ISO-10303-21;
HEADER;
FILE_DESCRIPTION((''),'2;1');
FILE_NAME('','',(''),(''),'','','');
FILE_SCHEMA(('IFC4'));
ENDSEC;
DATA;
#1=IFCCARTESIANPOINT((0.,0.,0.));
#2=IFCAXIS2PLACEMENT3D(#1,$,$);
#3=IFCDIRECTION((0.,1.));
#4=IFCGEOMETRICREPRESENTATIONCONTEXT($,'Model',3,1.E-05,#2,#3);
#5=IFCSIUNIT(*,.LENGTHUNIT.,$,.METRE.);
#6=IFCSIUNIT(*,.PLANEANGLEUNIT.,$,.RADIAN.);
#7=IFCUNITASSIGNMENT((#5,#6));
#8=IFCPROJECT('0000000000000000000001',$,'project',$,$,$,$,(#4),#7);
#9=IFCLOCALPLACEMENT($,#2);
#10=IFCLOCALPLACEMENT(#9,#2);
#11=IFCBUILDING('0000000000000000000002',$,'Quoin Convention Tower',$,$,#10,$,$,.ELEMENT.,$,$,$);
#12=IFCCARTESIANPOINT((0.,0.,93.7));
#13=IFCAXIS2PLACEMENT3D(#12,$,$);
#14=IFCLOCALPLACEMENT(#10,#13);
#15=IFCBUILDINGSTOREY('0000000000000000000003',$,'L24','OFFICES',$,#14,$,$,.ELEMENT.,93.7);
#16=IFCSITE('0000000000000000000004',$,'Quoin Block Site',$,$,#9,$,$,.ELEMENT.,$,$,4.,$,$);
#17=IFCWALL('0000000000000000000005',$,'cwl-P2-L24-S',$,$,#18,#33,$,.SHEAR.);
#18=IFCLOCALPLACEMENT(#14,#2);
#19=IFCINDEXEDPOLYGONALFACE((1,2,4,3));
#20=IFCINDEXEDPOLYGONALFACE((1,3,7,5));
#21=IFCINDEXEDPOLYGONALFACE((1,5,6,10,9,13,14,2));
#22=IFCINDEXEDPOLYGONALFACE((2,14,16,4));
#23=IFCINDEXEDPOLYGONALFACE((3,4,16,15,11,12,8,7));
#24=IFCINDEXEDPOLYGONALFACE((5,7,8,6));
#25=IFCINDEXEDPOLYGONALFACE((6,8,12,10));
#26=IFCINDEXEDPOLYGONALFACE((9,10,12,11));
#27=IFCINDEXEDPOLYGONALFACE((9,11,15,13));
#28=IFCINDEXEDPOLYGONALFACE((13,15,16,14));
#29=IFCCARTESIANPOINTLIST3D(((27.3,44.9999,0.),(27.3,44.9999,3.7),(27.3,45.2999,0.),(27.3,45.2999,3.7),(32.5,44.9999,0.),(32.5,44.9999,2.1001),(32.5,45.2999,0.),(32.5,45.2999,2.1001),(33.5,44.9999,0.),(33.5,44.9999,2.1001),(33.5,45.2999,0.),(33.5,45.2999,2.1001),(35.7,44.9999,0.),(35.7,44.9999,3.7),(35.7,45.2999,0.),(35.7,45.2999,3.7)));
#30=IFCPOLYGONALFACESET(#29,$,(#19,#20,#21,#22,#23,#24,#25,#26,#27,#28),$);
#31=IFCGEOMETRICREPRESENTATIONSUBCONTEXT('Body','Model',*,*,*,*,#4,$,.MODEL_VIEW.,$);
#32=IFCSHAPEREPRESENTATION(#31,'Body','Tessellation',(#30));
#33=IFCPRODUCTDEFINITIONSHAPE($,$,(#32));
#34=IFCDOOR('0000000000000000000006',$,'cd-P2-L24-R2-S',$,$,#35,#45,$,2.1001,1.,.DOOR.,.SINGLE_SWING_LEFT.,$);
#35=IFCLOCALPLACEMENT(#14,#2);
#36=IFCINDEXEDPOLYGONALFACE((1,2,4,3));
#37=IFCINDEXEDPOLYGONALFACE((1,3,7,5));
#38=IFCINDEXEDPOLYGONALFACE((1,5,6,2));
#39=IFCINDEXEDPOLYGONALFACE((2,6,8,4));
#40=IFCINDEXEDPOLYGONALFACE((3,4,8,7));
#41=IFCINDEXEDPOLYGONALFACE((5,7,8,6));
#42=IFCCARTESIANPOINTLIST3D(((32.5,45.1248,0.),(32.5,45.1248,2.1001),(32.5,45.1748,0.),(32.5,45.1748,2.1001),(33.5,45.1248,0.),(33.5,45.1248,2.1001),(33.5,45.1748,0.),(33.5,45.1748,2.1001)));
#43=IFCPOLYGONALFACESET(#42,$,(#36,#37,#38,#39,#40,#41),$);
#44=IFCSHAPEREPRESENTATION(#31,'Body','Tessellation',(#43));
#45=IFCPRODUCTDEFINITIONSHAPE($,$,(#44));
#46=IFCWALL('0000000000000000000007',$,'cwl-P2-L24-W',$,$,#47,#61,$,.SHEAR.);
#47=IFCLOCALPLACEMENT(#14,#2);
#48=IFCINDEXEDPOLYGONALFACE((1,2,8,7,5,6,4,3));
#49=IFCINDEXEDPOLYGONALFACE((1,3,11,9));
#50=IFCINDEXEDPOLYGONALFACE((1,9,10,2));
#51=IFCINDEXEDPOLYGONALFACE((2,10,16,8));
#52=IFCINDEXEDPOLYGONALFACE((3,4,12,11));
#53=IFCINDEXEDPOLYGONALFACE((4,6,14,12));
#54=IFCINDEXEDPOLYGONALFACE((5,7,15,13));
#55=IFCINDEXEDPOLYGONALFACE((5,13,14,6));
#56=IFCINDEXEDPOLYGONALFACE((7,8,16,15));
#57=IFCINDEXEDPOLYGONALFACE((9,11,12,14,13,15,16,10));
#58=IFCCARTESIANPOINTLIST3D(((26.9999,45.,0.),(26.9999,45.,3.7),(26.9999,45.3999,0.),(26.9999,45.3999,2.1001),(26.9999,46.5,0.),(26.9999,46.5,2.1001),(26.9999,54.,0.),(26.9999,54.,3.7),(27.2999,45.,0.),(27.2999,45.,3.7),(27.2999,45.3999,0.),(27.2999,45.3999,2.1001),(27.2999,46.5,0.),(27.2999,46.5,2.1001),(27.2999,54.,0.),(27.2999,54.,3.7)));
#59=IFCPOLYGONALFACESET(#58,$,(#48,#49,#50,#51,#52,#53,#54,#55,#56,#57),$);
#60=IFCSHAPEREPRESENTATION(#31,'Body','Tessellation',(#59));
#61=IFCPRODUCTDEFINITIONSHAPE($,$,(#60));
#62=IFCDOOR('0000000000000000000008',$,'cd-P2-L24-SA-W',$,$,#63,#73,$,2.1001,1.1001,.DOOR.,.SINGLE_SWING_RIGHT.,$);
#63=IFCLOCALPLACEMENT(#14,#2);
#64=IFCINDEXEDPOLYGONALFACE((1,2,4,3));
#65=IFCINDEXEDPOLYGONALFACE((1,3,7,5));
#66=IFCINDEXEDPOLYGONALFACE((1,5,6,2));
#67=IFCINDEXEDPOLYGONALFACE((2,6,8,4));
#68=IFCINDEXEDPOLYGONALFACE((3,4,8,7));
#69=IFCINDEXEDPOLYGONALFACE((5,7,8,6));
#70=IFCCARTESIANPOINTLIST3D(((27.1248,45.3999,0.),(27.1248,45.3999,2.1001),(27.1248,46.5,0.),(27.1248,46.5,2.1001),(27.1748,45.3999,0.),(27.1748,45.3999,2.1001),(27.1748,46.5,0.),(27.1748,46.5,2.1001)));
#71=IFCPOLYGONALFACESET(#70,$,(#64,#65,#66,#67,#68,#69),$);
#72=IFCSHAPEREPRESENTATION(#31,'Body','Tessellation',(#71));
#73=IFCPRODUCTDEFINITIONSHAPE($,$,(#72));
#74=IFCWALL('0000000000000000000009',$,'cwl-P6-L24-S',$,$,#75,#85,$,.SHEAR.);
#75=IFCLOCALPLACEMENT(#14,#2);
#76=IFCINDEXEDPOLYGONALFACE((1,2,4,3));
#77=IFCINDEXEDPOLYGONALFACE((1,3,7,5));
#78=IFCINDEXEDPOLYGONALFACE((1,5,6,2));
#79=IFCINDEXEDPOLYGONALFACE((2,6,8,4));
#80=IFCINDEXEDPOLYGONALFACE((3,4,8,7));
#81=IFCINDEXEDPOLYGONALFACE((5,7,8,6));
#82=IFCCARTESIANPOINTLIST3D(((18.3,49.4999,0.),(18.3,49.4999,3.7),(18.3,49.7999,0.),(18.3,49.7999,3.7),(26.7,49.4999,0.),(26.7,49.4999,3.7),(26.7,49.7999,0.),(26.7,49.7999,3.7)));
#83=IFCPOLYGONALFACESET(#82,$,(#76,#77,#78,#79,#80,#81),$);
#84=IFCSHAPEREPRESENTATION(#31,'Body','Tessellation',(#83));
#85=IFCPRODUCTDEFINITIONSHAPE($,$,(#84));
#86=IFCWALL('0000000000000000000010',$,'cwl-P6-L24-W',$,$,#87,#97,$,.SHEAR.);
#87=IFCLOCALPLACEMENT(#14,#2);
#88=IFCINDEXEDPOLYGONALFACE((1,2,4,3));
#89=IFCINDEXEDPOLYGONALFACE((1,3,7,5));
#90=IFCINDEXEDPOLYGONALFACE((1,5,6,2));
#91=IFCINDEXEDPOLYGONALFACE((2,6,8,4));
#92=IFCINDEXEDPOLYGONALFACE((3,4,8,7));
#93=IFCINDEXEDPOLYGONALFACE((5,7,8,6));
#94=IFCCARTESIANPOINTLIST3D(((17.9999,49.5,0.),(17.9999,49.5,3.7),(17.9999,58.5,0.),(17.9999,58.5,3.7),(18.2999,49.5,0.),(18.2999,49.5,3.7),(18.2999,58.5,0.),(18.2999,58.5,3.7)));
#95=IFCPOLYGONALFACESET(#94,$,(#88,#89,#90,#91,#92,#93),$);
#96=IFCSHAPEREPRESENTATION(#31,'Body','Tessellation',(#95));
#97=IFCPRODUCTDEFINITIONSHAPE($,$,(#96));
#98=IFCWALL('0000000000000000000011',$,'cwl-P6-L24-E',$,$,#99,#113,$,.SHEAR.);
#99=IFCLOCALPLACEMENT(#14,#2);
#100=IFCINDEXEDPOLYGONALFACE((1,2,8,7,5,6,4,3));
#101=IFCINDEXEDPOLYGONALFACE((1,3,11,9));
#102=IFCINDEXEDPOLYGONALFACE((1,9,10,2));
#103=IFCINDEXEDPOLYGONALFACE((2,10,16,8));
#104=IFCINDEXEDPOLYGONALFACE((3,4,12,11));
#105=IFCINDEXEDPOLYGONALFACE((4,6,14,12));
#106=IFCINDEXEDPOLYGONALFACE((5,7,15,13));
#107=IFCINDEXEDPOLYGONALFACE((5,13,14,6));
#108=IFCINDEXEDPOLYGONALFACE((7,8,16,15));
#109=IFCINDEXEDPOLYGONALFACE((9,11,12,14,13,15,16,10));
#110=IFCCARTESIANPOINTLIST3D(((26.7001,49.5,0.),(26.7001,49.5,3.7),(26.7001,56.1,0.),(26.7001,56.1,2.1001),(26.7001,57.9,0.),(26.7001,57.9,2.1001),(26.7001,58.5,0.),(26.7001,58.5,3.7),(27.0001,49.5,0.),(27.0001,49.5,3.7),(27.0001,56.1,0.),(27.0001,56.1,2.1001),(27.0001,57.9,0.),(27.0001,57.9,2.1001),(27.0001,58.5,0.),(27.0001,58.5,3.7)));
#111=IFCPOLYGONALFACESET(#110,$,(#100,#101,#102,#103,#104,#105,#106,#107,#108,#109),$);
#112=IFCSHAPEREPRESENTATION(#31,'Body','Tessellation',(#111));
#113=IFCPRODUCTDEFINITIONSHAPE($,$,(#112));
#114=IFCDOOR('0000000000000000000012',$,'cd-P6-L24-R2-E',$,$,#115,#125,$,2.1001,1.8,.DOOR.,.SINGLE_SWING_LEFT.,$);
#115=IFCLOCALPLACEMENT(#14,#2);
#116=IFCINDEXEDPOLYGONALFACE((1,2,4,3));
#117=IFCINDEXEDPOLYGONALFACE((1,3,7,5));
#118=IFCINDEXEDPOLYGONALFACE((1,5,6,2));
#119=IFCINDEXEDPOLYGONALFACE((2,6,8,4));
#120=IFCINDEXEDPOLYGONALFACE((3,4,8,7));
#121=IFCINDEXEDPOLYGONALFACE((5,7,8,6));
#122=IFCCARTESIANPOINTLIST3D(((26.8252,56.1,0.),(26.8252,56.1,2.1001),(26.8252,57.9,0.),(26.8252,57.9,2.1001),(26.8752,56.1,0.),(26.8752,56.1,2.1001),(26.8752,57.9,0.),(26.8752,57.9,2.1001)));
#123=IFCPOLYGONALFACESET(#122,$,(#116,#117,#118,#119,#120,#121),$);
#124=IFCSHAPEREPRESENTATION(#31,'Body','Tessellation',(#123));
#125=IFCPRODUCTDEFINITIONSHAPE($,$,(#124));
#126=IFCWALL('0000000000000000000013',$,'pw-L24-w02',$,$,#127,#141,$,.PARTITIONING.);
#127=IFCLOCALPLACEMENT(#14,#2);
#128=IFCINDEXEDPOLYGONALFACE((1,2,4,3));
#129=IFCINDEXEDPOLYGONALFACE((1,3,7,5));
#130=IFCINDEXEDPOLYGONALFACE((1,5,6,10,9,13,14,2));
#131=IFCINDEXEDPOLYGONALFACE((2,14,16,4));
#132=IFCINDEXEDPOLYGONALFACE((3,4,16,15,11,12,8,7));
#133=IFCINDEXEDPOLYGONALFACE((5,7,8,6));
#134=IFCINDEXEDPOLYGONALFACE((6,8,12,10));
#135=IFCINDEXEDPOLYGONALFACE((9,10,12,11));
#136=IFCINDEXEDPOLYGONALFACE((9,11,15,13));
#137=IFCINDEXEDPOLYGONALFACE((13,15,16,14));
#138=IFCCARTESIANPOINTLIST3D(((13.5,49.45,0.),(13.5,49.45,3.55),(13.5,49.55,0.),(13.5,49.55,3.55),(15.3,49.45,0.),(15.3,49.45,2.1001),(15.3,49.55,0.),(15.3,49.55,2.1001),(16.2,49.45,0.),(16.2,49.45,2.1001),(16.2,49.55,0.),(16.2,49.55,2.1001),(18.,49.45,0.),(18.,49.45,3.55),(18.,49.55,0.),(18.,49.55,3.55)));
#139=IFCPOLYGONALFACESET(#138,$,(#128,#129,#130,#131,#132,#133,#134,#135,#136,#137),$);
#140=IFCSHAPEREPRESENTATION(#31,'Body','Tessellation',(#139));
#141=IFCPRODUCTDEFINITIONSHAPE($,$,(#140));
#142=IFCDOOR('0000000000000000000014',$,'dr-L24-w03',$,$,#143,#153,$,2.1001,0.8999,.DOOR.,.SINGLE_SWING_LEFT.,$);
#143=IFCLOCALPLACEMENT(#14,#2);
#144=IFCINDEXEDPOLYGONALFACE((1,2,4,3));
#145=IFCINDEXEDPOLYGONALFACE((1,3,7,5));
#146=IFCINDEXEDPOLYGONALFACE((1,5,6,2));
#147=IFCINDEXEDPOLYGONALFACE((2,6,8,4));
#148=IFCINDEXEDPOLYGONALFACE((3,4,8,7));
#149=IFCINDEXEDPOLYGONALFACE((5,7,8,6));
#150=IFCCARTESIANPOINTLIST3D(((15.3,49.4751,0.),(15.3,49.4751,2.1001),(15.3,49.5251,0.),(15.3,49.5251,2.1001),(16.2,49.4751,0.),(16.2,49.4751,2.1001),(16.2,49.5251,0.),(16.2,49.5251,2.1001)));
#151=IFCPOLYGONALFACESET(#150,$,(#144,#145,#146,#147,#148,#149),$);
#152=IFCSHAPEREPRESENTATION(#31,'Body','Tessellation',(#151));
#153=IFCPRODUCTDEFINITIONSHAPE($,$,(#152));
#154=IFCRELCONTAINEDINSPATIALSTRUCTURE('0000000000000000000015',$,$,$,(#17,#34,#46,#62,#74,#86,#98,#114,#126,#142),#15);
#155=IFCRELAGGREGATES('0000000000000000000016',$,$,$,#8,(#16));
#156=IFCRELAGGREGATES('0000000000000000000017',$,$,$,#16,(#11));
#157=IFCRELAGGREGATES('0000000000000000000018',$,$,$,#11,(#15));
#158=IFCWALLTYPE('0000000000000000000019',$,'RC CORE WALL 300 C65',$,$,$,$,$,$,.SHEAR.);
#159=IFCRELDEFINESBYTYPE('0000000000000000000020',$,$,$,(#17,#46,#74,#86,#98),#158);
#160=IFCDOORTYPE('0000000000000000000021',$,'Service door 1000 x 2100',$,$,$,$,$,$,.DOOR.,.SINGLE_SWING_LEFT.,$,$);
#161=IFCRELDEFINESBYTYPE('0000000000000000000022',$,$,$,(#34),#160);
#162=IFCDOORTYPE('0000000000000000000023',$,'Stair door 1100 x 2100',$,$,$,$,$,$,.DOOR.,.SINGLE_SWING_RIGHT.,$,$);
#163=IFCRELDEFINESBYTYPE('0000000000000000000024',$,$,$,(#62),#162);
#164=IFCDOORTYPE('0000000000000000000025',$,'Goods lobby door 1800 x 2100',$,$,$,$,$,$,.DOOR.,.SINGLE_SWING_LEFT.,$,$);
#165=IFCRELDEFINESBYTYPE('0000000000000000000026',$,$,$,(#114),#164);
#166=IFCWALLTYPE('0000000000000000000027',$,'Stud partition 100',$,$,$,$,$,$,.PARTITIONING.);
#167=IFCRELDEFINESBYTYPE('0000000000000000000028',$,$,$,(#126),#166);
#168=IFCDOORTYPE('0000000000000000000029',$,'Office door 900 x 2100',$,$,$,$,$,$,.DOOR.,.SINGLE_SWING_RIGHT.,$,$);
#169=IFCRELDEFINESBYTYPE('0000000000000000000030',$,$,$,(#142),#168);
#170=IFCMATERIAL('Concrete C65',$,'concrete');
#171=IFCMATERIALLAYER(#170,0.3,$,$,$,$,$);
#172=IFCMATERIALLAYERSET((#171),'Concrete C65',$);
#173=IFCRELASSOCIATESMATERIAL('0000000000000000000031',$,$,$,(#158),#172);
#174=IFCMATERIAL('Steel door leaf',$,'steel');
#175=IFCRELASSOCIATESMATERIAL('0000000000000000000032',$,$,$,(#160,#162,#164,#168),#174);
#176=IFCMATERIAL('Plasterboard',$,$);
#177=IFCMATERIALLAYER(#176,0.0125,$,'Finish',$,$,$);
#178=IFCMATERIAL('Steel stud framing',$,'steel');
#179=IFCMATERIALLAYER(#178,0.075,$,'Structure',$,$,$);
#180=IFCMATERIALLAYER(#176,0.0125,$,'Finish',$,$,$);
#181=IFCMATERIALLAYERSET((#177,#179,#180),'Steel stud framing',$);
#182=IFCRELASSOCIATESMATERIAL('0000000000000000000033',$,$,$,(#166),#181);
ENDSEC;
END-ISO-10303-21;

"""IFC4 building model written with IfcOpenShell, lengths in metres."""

from ifc_helpers import new_model, si_unit, direction, frame, frame_2d, origin, place, context, subcontext, project, spatial, rectangle, extrude, material, layer, layer_set, type_object, element, fill, save


model = new_model("IFC4")

# Units and contexts
model_context = context("Model", 3, precision=1e-05, world=origin(), true_north=direction((0.0, 1.0)))
body_context = subcontext(model_context, "Body", "Model", "MODEL_VIEW")
ifc_project = project(units=[si_unit("LENGTHUNIT", "METRE"), si_unit("PLANEANGLEUNIT", "RADIAN")], contexts=[model_context])

# Site, building, storey
site_placement = place(None, origin())
site = spatial("IfcSite", under=ifc_project, at=site_placement, Name="Quoin Block Site", CompositionType="ELEMENT", RefElevation=4.0)
building_placement = place(site_placement, origin())
building = spatial("IfcBuilding", under=site, at=building_placement, Name="Quoin Convention Tower", CompositionType="ELEMENT")
storey_placement = place(building_placement, frame((0.0, 0.0, 93.7)))
storey = spatial("IfcBuildingStorey", under=building, at=storey_placement, Name="L24", Description="OFFICES", CompositionType="ELEMENT", Elevation=93.7)

# Shared definitions
ifc_material_1 = material(Name="Concrete C65", Category="concrete")

# Shared definitions
ifc_material_2 = material(Name="Plasterboard")
ifc_material_3 = material(Name="Steel stud framing", Category="steel")

# Walls, openings, doors
ifc_layer_1 = layer(ifc_material_1, 0.3)
ifc_layer_set_1 = layer_set([ifc_layer_1], Name="Concrete C65")
wall_type_1 = type_object("IfcWallType", Name="RC CORE WALL 300 C65", PredefinedType="SHEAR", material=ifc_layer_set_1)
wall_1_placement = place(storey_placement, frame((27.3, 45.1499, 0.0), z_axis=(0.0, 0.0, 1.0), x_axis=(1.0, 0.0, 0.0)))
wall_1 = element("IfcWall", 1, at=wall_1_placement, inside=storey, type_object=wall_type_1, Name="cwl-P2-L24-S", PredefinedType="SHEAR", context=body_context, shape_type="SweptSolid", body=[
    extrude(rectangle(XDim=8.3999, YDim=0.3, at=frame_2d((4.2, 0.0))), origin(), (0.0, 0.0, 1.0), 3.7),
])
opening_1_placement = place(wall_1_placement, frame((5.2, 0.0, 0.0)))
opening_1 = element("IfcOpeningElement", 2, at=opening_1_placement, cuts=wall_1, PredefinedType="OPENING", context=body_context, shape_type="SweptSolid", body=[
    extrude(rectangle(XDim=1.0, YDim=2.1001, at=frame_2d((0.5, 1.05))), frame((0.0, 0.1599, 0.0), z_axis=(0.0, -1.0, 0.0), x_axis=(1.0, 0.0, 0.0)), (0.0, 0.0, 1.0), 0.3201),
])
ifc_material_4 = material(Name="Steel door leaf", Category="steel")
door_type_1 = type_object("IfcDoorType", Name="Service door 1000 x 2100", OperationType="SINGLE_SWING_LEFT", PredefinedType="DOOR", material=ifc_material_4)
door_1_placement = place(opening_1_placement, origin())
door_1 = element("IfcDoor", 3, at=door_1_placement, inside=storey, type_object=door_type_1, Name="cd-P2-L24-R2-S", OperationType="SINGLE_SWING_LEFT", OverallHeight=2.1001, OverallWidth=1.0, PredefinedType="DOOR", context=body_context, shape_type="SweptSolid", body=[
    extrude(rectangle(XDim=1.0, YDim=2.1001, at=frame_2d((0.5, 1.05))), frame((0.0, 0.0249, 0.0), z_axis=(0.0, -1.0, 0.0), x_axis=(1.0, 0.0, 0.0)), (0.0, 0.0, 1.0), 0.05),
])
fill(opening_1, door_1)
wall_2_placement = place(storey_placement, frame((27.1499, 45.0, 0.0), z_axis=(0.0, 0.0, 1.0), x_axis=(0.0, 1.0, 0.0)))
wall_2 = element("IfcWall", 4, at=wall_2_placement, inside=storey, type_object=wall_type_1, Name="cwl-P2-L24-W", PredefinedType="SHEAR", context=body_context, shape_type="SweptSolid", body=[
    extrude(rectangle(XDim=9.0, YDim=0.3, at=frame_2d((4.5, 0.0))), origin(), (0.0, 0.0, 1.0), 3.7),
])
opening_2_placement = place(wall_2_placement, frame((0.3999, 0.0, 0.0)))
opening_2 = element("IfcOpeningElement", 5, at=opening_2_placement, cuts=wall_2, PredefinedType="OPENING", context=body_context, shape_type="SweptSolid", body=[
    extrude(rectangle(XDim=1.1001, YDim=2.1001, at=frame_2d((0.55, 1.05))), frame((0.0, 0.1599, 0.0), z_axis=(0.0, -1.0, 0.0), x_axis=(1.0, 0.0, 0.0)), (0.0, 0.0, 1.0), 0.3201),
])
door_type_2 = type_object("IfcDoorType", Name="Stair door 1100 x 2100", OperationType="SINGLE_SWING_RIGHT", PredefinedType="DOOR", material=ifc_material_4)
door_2_placement = place(opening_2_placement, frame((1.1001, 0.0, 0.0), z_axis=(0.0, 0.0, 1.0), x_axis=(-1.0, 0.0, 0.0)))
door_2 = element("IfcDoor", 6, at=door_2_placement, inside=storey, type_object=door_type_2, Name="cd-P2-L24-SA-W", OperationType="SINGLE_SWING_RIGHT", OverallHeight=2.1001, OverallWidth=1.1001, PredefinedType="DOOR", context=body_context, shape_type="SweptSolid", body=[
    extrude(rectangle(XDim=1.1001, YDim=2.1001, at=frame_2d((0.55, 1.05))), frame((0.0, 0.0249, 0.0), z_axis=(0.0, -1.0, 0.0), x_axis=(1.0, 0.0, 0.0)), (0.0, 0.0, 1.0), 0.05),
])
fill(opening_2, door_2)

# Walls
wall_3_placement = place(storey_placement, frame((18.3, 49.6499, 0.0), z_axis=(0.0, 0.0, 1.0), x_axis=(1.0, 0.0, 0.0)))
element("IfcWall", 7, at=wall_3_placement, inside=storey, type_object=wall_type_1, Name="cwl-P6-L24-S", PredefinedType="SHEAR", context=body_context, shape_type="SweptSolid", body=[
    extrude(rectangle(XDim=8.3999, YDim=0.3, at=frame_2d((4.2, 0.0))), origin(), (0.0, 0.0, 1.0), 3.7),
])
wall_4_placement = place(storey_placement, frame((18.1499, 49.5, 0.0), z_axis=(0.0, 0.0, 1.0), x_axis=(0.0, 1.0, 0.0)))
element("IfcWall", 8, at=wall_4_placement, inside=storey, type_object=wall_type_1, Name="cwl-P6-L24-W", PredefinedType="SHEAR", context=body_context, shape_type="SweptSolid", body=[
    extrude(rectangle(XDim=9.0, YDim=0.3, at=frame_2d((4.5, 0.0))), origin(), (0.0, 0.0, 1.0), 3.7),
])

# Walls, openings, doors
wall_5_placement = place(storey_placement, frame((26.8501, 49.5, 0.0), z_axis=(0.0, 0.0, 1.0), x_axis=(0.0, 1.0, 0.0)))
wall_5 = element("IfcWall", 9, at=wall_5_placement, inside=storey, type_object=wall_type_1, Name="cwl-P6-L24-E", PredefinedType="SHEAR", context=body_context, shape_type="SweptSolid", body=[
    extrude(rectangle(XDim=9.0, YDim=0.3, at=frame_2d((4.5, 0.0))), origin(), (0.0, 0.0, 1.0), 3.7),
])
opening_3_placement = place(wall_5_placement, frame((6.6001, 0.0, 0.0)))
opening_3 = element("IfcOpeningElement", 10, at=opening_3_placement, cuts=wall_5, PredefinedType="OPENING", context=body_context, shape_type="SweptSolid", body=[
    extrude(rectangle(XDim=1.8, YDim=2.1001, at=frame_2d((0.8999, 1.05))), frame((0.0, 0.1599, 0.0), z_axis=(0.0, -1.0, 0.0), x_axis=(1.0, 0.0, 0.0)), (0.0, 0.0, 1.0), 0.3201),
])
door_type_3 = type_object("IfcDoorType", Name="Goods lobby door 1800 x 2100", OperationType="SINGLE_SWING_LEFT", PredefinedType="DOOR", material=ifc_material_4)
door_3_placement = place(opening_3_placement, origin())
door_3 = element("IfcDoor", 11, at=door_3_placement, inside=storey, type_object=door_type_3, Name="cd-P6-L24-R2-E", OperationType="SINGLE_SWING_LEFT", OverallHeight=2.1001, OverallWidth=1.8, PredefinedType="DOOR", context=body_context, shape_type="SweptSolid", body=[
    extrude(rectangle(XDim=1.8, YDim=2.1001, at=frame_2d((0.8999, 1.05))), frame((0.0, 0.0249, 0.0), z_axis=(0.0, -1.0, 0.0), x_axis=(1.0, 0.0, 0.0)), (0.0, 0.0, 1.0), 0.05),
])
fill(opening_3, door_3)
ifc_layer_2 = layer(ifc_material_2, 0.0125, Name="Finish")
ifc_layer_3 = layer(ifc_material_3, 0.075, Name="Structure")
ifc_layer_4 = layer(ifc_material_2, 0.0125, Name="Finish")
ifc_layer_set_2 = layer_set([ifc_layer_2, ifc_layer_3, ifc_layer_4], Name="Steel stud framing")
wall_type_2 = type_object("IfcWallType", Name="Stud partition 100", PredefinedType="PARTITIONING", material=ifc_layer_set_2)
wall_6_placement = place(storey_placement, frame((13.5, 49.5, 0.0), z_axis=(0.0, 0.0, 1.0), x_axis=(1.0, 0.0, 0.0)))
wall_6 = element("IfcWall", 12, at=wall_6_placement, inside=storey, type_object=wall_type_2, Name="pw-L24-w02", PredefinedType="PARTITIONING", context=body_context, shape_type="SweptSolid", body=[
    extrude(rectangle(XDim=4.5, YDim=0.1001, at=frame_2d((2.25, 0.0))), origin(), (0.0, 0.0, 1.0), 3.55),
])
opening_4_placement = place(wall_6_placement, frame((1.8, 0.0, 0.0)))
opening_4 = element("IfcOpeningElement", 13, at=opening_4_placement, cuts=wall_6, PredefinedType="OPENING", context=body_context, shape_type="SweptSolid", body=[
    extrude(rectangle(XDim=0.8999, YDim=2.1001, at=frame_2d((0.45, 1.05))), frame((0.0, 0.0601, 0.0), z_axis=(0.0, -1.0, 0.0), x_axis=(1.0, 0.0, 0.0)), (0.0, 0.0, 1.0), 0.1201),
])
door_type_4 = type_object("IfcDoorType", Name="Office door 900 x 2100", OperationType="SINGLE_SWING_RIGHT", PredefinedType="DOOR", material=ifc_material_4)
door_4_placement = place(opening_4_placement, frame((0.8999, 0.0, 0.0), z_axis=(0.0, 0.0, 1.0), x_axis=(-1.0, 0.0, 0.0)))
door_4 = element("IfcDoor", 14, at=door_4_placement, inside=storey, type_object=door_type_4, Name="dr-L24-w03", OperationType="SINGLE_SWING_LEFT", OverallHeight=2.1001, OverallWidth=0.8999, PredefinedType="DOOR", context=body_context, shape_type="SweptSolid", body=[
    extrude(rectangle(XDim=0.8999, YDim=2.1001, at=frame_2d((0.45, 1.05))), frame((0.0, 0.0249, 0.0), z_axis=(0.0, -1.0, 0.0), x_axis=(1.0, 0.0, 0.0)), (0.0, 0.0, 1.0), 0.05),
])
fill(opening_4, door_4)

save(model, "model.ifc")
